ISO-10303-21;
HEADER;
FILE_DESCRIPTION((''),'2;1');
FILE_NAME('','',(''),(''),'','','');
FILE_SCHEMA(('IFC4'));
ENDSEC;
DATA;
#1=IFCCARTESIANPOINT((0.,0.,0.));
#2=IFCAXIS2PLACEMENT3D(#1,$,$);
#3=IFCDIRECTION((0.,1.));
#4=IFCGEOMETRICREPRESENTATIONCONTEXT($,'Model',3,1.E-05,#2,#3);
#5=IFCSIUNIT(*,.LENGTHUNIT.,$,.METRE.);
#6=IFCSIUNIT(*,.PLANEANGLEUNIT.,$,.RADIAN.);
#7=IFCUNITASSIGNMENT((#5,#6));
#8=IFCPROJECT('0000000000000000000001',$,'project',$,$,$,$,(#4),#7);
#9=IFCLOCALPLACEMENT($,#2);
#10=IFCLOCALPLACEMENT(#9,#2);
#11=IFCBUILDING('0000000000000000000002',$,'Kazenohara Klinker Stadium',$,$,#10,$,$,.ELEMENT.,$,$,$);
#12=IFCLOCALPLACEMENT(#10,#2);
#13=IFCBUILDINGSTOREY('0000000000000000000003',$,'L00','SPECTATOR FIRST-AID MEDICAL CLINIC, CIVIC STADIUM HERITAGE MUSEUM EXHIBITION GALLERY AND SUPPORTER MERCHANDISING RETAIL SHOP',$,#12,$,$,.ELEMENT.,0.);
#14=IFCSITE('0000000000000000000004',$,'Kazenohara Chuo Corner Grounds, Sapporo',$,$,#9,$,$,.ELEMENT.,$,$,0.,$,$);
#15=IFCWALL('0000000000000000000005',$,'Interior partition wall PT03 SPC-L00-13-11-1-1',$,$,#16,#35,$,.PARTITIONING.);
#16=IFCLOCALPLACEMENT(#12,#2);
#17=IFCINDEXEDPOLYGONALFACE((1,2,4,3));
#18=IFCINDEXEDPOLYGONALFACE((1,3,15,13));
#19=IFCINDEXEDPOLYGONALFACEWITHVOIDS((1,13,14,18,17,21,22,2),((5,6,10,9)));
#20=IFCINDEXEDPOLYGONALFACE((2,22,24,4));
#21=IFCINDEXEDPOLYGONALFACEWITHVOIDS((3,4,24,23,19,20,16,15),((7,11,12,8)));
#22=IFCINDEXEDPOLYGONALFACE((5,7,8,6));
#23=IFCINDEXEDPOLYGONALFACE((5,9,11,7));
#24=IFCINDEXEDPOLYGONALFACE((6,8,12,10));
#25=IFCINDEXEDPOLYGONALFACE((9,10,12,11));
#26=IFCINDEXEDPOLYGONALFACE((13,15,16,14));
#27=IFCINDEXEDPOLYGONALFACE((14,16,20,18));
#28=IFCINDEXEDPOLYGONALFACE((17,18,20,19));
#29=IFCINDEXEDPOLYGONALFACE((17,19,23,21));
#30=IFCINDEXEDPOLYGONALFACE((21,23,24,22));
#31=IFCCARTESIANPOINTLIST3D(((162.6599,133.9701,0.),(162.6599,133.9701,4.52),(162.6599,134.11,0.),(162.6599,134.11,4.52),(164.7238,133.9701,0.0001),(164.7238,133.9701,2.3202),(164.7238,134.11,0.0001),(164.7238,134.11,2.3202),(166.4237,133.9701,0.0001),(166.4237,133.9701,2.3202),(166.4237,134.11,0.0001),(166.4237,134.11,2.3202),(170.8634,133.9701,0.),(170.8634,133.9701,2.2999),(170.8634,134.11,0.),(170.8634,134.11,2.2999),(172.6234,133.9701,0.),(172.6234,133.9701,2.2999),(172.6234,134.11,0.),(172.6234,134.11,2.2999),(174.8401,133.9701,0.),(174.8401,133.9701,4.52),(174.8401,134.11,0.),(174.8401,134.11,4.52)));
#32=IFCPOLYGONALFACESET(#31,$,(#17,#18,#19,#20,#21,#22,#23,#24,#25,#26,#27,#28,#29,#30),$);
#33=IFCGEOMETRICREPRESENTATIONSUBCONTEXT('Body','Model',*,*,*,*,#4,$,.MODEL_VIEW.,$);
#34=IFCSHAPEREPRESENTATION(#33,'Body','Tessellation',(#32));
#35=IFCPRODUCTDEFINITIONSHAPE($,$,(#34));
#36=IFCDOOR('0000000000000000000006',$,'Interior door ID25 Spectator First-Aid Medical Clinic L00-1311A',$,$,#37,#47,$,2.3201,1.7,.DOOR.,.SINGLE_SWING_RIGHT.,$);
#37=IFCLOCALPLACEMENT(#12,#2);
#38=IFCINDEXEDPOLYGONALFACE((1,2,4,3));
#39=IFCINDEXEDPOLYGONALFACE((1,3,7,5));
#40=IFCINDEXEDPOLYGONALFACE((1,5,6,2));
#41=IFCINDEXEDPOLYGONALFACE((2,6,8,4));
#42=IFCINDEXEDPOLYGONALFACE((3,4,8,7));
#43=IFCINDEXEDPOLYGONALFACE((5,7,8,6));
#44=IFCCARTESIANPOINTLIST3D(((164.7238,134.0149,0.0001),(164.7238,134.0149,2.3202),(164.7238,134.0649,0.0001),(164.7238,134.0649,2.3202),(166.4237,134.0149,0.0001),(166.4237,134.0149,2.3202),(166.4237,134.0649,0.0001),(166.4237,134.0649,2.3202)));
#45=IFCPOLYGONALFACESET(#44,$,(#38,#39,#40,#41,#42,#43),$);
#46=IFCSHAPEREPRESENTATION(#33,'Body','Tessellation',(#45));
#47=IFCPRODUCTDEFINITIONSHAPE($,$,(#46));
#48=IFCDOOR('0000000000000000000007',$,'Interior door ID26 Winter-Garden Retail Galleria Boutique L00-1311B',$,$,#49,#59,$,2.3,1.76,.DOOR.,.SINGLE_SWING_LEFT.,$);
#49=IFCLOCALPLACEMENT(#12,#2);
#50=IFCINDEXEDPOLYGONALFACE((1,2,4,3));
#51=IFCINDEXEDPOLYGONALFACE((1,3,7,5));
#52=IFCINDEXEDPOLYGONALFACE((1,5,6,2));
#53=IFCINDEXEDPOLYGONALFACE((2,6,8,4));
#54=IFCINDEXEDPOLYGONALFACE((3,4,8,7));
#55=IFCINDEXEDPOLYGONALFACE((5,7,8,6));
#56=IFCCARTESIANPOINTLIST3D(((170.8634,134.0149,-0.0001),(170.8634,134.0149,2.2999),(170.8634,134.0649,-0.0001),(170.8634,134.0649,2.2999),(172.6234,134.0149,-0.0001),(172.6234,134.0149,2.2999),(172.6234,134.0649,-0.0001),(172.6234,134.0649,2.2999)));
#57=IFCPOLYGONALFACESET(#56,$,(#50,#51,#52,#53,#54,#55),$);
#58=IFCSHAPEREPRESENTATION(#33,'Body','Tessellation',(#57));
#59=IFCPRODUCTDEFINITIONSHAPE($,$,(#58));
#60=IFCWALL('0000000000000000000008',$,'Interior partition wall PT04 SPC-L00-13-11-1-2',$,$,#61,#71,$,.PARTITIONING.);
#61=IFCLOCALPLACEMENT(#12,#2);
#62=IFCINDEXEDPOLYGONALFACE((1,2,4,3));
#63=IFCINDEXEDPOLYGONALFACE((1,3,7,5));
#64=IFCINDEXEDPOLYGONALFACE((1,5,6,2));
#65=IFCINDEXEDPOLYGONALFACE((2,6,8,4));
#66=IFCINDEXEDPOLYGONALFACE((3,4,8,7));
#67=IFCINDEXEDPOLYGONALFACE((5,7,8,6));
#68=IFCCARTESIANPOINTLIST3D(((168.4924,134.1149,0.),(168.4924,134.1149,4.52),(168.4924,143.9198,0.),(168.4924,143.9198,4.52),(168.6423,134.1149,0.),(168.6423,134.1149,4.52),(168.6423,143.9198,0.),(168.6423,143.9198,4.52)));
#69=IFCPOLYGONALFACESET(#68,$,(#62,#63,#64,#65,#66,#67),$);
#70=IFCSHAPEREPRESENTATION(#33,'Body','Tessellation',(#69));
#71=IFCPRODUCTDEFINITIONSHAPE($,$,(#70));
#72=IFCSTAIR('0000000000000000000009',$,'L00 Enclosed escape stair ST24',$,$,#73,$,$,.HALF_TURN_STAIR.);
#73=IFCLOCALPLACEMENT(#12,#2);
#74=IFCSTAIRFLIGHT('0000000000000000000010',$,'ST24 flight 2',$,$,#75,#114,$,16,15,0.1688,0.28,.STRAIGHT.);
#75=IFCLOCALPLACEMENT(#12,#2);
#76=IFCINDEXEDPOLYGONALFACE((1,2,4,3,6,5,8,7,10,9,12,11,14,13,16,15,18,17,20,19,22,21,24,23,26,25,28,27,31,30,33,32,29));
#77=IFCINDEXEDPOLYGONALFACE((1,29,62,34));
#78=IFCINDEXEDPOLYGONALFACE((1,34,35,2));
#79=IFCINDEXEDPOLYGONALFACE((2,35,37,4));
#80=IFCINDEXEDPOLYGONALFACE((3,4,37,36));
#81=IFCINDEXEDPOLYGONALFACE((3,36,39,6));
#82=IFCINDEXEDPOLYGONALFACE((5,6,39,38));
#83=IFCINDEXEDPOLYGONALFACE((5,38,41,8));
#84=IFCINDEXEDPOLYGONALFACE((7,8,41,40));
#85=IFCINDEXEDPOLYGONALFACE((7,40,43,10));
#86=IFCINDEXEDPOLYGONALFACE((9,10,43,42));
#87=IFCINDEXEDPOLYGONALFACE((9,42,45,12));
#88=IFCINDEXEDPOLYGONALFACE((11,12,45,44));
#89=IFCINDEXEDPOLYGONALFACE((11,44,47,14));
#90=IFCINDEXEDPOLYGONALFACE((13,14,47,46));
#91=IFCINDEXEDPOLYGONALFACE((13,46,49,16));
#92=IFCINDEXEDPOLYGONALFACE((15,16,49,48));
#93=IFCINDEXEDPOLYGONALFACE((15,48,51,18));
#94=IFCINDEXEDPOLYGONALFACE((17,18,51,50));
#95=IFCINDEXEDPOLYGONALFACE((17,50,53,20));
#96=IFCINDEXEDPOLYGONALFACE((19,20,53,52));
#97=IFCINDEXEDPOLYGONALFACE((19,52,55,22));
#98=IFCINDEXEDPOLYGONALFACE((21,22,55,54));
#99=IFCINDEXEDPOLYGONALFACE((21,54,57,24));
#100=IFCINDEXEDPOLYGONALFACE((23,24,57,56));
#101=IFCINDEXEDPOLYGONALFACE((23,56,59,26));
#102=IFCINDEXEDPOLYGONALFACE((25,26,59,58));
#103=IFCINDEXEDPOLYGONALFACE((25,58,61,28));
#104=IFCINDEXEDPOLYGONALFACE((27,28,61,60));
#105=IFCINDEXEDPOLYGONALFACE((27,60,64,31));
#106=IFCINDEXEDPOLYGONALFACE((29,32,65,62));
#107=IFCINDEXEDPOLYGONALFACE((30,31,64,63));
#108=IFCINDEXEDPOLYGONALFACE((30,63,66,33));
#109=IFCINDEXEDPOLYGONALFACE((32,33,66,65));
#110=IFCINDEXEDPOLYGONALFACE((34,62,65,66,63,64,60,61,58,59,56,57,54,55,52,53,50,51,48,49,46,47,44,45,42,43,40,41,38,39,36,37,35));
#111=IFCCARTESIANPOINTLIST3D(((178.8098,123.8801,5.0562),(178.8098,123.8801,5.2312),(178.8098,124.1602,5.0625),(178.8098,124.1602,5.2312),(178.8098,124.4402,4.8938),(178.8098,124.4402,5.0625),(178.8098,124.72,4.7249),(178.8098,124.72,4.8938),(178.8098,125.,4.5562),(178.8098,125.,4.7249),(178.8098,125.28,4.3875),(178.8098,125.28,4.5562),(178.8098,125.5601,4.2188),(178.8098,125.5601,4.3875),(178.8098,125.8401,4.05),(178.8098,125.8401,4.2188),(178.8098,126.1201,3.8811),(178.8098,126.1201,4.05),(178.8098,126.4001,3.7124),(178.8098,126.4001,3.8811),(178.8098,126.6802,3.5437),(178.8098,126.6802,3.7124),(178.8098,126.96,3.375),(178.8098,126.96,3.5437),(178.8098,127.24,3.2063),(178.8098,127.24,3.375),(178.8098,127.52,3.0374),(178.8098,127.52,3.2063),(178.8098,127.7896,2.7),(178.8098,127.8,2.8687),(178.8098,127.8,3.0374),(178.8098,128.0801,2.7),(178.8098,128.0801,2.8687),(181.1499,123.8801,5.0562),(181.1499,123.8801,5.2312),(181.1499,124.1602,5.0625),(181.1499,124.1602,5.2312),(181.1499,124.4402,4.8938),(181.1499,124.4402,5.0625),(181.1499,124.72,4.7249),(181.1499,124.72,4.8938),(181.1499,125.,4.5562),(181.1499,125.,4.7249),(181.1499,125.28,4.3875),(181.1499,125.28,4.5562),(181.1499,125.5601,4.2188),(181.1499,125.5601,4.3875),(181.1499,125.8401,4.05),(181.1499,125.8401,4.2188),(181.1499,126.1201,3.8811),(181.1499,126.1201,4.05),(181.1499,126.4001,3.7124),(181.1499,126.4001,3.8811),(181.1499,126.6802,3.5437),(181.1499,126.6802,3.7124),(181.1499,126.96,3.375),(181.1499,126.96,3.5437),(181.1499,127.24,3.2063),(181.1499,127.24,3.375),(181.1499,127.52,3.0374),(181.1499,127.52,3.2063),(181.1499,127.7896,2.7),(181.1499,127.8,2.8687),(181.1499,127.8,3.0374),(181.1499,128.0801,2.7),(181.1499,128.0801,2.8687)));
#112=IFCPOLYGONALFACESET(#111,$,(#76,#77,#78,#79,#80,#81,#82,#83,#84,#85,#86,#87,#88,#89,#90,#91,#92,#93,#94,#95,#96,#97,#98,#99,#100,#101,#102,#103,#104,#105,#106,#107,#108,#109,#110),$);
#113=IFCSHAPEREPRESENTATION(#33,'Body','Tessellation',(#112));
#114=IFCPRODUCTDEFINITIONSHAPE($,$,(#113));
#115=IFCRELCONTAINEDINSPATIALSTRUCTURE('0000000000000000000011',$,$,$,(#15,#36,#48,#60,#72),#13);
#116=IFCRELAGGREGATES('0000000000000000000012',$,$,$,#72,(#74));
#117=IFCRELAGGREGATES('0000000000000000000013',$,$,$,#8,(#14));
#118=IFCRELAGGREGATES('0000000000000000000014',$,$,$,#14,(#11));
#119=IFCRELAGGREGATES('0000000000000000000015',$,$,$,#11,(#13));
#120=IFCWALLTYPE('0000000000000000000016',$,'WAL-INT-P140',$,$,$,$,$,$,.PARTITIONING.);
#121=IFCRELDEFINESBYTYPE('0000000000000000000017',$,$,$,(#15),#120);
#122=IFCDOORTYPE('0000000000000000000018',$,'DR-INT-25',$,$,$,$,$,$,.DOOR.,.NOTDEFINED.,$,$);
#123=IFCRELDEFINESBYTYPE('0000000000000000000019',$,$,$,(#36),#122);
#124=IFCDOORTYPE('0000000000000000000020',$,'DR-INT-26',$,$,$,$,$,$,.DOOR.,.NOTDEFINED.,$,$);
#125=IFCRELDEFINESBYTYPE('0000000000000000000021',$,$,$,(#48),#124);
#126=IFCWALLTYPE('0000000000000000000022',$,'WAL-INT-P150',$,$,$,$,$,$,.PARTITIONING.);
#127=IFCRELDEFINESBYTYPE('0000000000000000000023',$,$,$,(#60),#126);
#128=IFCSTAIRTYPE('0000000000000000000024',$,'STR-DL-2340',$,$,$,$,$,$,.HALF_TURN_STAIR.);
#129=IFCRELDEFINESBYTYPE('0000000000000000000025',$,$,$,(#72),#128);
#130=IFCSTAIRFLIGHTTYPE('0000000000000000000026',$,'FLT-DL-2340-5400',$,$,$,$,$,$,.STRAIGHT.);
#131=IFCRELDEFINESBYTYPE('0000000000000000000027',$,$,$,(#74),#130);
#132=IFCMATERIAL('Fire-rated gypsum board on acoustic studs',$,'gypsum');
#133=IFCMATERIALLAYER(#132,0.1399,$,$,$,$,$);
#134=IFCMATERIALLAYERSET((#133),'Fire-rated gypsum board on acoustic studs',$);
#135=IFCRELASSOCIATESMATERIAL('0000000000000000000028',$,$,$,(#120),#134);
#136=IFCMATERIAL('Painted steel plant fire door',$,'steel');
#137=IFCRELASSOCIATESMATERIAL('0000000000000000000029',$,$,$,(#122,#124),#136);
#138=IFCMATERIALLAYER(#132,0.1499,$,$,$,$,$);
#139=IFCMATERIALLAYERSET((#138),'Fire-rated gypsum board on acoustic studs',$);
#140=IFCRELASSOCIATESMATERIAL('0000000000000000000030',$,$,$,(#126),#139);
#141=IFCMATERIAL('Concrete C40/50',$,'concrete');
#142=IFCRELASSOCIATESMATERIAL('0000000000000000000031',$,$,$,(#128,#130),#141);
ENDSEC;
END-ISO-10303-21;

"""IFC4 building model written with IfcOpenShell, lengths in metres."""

from ifc_helpers import new_model, si_unit, direction, frame, frame_2d, origin, place, context, subcontext, project, spatial, polyline, rectangle, outline, extrude, material, layer, layer_set, type_object, element, fill, aggregate, save


model = new_model("IFC4")

# Units and contexts
model_context = context("Model", 3, precision=1e-05, world=origin(), true_north=direction((0.0, 1.0)))
body_context = subcontext(model_context, "Body", "Model", "MODEL_VIEW")
ifc_project = project(units=[si_unit("LENGTHUNIT", "METRE"), si_unit("PLANEANGLEUNIT", "RADIAN")], contexts=[model_context])

# Site, building, storey
site_placement = place(None, origin())
site = spatial("IfcSite", under=ifc_project, at=site_placement, Name="Kazenohara Chuo Corner Grounds, Sapporo", CompositionType="ELEMENT", RefElevation=0.0)
building_placement = place(site_placement, origin())
building = spatial("IfcBuilding", under=site, at=building_placement, Name="Kazenohara Klinker Stadium", CompositionType="ELEMENT")
storey_placement = place(building_placement, origin())
storey = spatial("IfcBuildingStorey", under=building, at=storey_placement, Name="L00", Description="SPECTATOR FIRST-AID MEDICAL CLINIC, CIVIC STADIUM HERITAGE MUSEUM EXHIBITION GALLERY AND SUPPORTER MERCHANDISING RETAIL SHOP", CompositionType="ELEMENT", Elevation=0.0)

# Shared definitions
ifc_material_1 = material(Name="Concrete C40/50", Category="concrete")

# Wall, openings, doors
ifc_material_2 = material(Name="Fire-rated gypsum board on acoustic studs", Category="gypsum")
ifc_layer_1 = layer(ifc_material_2, 0.1399)
ifc_layer_set_1 = layer_set([ifc_layer_1], Name="Fire-rated gypsum board on acoustic studs")
wall_type_1 = type_object("IfcWallType", Name="WAL-INT-P140", PredefinedType="PARTITIONING", material=ifc_layer_set_1)
wall_1_placement = place(storey_placement, frame((162.6599, 134.04, 0.0), z_axis=(0.0, 0.0, 1.0), x_axis=(1.0, 0.0, 0.0)))
wall_1 = element("IfcWall", 1, at=wall_1_placement, inside=storey, type_object=wall_type_1, Name="Interior partition wall PT03 SPC-L00-13-11-1-1", PredefinedType="PARTITIONING", context=body_context, shape_type="SweptSolid", body=[
    extrude(rectangle(XDim=12.1802, YDim=0.1399, at=frame_2d((6.0901, 0.0))), origin(), (0.0, 0.0, 1.0), 4.52),
])
opening_1_placement = place(wall_1_placement, frame((2.0637, 0.0, 0.0)))
opening_1 = element("IfcOpeningElement", 2, at=opening_1_placement, cuts=wall_1, PredefinedType="OPENING", context=body_context, shape_type="SweptSolid", body=[
    extrude(rectangle(XDim=1.7, YDim=2.3201, at=frame_2d((0.8501, 1.1602))), frame((0.0, 0.0801, 0.0), z_axis=(0.0, -1.0, 0.0), x_axis=(1.0, 0.0, 0.0)), (0.0, 0.0, 1.0), 0.1599),
])
opening_2_placement = place(wall_1_placement, frame((8.2036, 0.0, 0.0)))
opening_2 = element("IfcOpeningElement", 3, at=opening_2_placement, cuts=wall_1, PredefinedType="OPENING", context=body_context, shape_type="SweptSolid", body=[
    extrude(rectangle(XDim=1.76, YDim=2.3, at=frame_2d((0.8799, 1.1499))), frame((0.0, 0.0801, 0.0), z_axis=(0.0, -1.0, 0.0), x_axis=(1.0, 0.0, 0.0)), (0.0, 0.0, 1.0), 0.1599),
])
ifc_material_3 = material(Name="Painted steel plant fire door", Category="steel")
door_type_1 = type_object("IfcDoorType", Name="DR-INT-25", OperationType="NOTDEFINED", PredefinedType="DOOR", material=ifc_material_3)
door_1_placement = place(opening_1_placement, origin())
door_1 = element("IfcDoor", 4, at=door_1_placement, inside=storey, type_object=door_type_1, Name="Interior door ID25 Spectator First-Aid Medical Clinic L00-1311A", OperationType="SINGLE_SWING_RIGHT", OverallHeight=2.3201, OverallWidth=1.7, PredefinedType="DOOR", context=body_context, shape_type="SweptSolid", body=[
    extrude(rectangle(XDim=1.7, YDim=2.3201, at=frame_2d((0.8501, 1.1602))), frame((0.0, 0.0249, 0.0), z_axis=(0.0, -1.0, 0.0), x_axis=(1.0, 0.0, 0.0)), (0.0, 0.0, 1.0), 0.05),
])
fill(opening_1, door_1)
door_type_2 = type_object("IfcDoorType", Name="DR-INT-26", OperationType="NOTDEFINED", PredefinedType="DOOR", material=ifc_material_3)
door_2_placement = place(opening_2_placement, origin())
door_2 = element("IfcDoor", 5, at=door_2_placement, inside=storey, type_object=door_type_2, Name="Interior door ID26 Winter-Garden Retail Galleria Boutique L00-1311B", OperationType="SINGLE_SWING_LEFT", OverallHeight=2.3, OverallWidth=1.76, PredefinedType="DOOR", context=body_context, shape_type="SweptSolid", body=[
    extrude(rectangle(XDim=1.76, YDim=2.3, at=frame_2d((0.8799, 1.1499))), frame((0.0, 0.0249, 0.0), z_axis=(0.0, -1.0, 0.0), x_axis=(1.0, 0.0, 0.0)), (0.0, 0.0, 1.0), 0.05),
])
fill(opening_2, door_2)

# Wall
ifc_layer_2 = layer(ifc_material_2, 0.1499)
ifc_layer_set_2 = layer_set([ifc_layer_2], Name="Fire-rated gypsum board on acoustic studs")
wall_type_2 = type_object("IfcWallType", Name="WAL-INT-P150", PredefinedType="PARTITIONING", material=ifc_layer_set_2)
wall_2_placement = place(storey_placement, frame((168.5674, 134.115, 0.0), z_axis=(0.0, 0.0, 1.0), x_axis=(0.0, 1.0, 0.0)))
element("IfcWall", 6, at=wall_2_placement, inside=storey, type_object=wall_type_2, Name="Interior partition wall PT04 SPC-L00-13-11-1-2", PredefinedType="PARTITIONING", context=body_context, shape_type="SweptSolid", body=[
    extrude(rectangle(XDim=9.8049, YDim=0.1499, at=frame_2d((4.9023, 0.0))), origin(), (0.0, 0.0, 1.0), 4.52),
])

# Stair, stair flight
stair_type = type_object("IfcStairType", Name="STR-DL-2340", PredefinedType="HALF_TURN_STAIR", material=ifc_material_1)
stair_placement = place(storey_placement, origin())
stair = element("IfcStair", 7, at=stair_placement, inside=storey, type_object=stair_type, Name="L00 Enclosed escape stair ST24", PredefinedType="HALF_TURN_STAIR")
stair_flight_type = type_object("IfcStairFlightType", Name="FLT-DL-2340-5400", PredefinedType="STRAIGHT", material=ifc_material_1)
stair_flight_placement = place(storey_placement, frame((179.98, 128.0801, 2.7), z_axis=(0.0, 0.0, 1.0), x_axis=(0.0, -1.0, 0.0)))
stair_flight = element("IfcStairFlight", 8, at=stair_flight_placement, type_object=stair_flight_type, Name="ST24 flight 2", NumberOfRisers=16, NumberOfTreads=15, PredefinedType="STRAIGHT", RiserHeight=0.1688, TreadLength=0.28, context=body_context, shape_type="SweptSolid", body=[
    extrude(outline(polyline([(0.0, 0.0), (0.0, 0.1687), (0.28, 0.1687), (0.28, 0.3374), (0.5601, 0.3374), (0.5601, 0.5063), (0.8401, 0.5063), (0.8401, 0.675), (1.1201, 0.675), (1.1201, 0.8438), (1.3999, 0.8438), (1.3999, 1.0125), (1.6799, 1.0125), (1.6799, 1.1812), (1.96, 1.1812), (1.96, 1.3501), (2.24, 1.3501), (2.24, 1.5188), (2.52, 1.5188), (2.52, 1.6875), (2.8, 1.6875), (2.8, 1.8562), (3.0801, 1.8562), (3.0801, 2.0249), (3.3601, 2.0249), (3.3601, 2.1938), (3.6399, 2.1938), (3.6399, 2.3625), (3.9199, 2.3625), (3.9199, 2.5312), (4.2, 2.5312), (4.2, 2.7), (4.2, 2.3562), (0.2905, 0.0), (0.0, 0.0)])), frame((0.0, 1.1699, 0.0), z_axis=(0.0, -1.0, 0.0), x_axis=(1.0, 0.0, 0.0)), (0.0, 0.0, 1.0), 2.3401),
])
aggregate(stair, [stair_flight])

save(model, "model.ifc")
